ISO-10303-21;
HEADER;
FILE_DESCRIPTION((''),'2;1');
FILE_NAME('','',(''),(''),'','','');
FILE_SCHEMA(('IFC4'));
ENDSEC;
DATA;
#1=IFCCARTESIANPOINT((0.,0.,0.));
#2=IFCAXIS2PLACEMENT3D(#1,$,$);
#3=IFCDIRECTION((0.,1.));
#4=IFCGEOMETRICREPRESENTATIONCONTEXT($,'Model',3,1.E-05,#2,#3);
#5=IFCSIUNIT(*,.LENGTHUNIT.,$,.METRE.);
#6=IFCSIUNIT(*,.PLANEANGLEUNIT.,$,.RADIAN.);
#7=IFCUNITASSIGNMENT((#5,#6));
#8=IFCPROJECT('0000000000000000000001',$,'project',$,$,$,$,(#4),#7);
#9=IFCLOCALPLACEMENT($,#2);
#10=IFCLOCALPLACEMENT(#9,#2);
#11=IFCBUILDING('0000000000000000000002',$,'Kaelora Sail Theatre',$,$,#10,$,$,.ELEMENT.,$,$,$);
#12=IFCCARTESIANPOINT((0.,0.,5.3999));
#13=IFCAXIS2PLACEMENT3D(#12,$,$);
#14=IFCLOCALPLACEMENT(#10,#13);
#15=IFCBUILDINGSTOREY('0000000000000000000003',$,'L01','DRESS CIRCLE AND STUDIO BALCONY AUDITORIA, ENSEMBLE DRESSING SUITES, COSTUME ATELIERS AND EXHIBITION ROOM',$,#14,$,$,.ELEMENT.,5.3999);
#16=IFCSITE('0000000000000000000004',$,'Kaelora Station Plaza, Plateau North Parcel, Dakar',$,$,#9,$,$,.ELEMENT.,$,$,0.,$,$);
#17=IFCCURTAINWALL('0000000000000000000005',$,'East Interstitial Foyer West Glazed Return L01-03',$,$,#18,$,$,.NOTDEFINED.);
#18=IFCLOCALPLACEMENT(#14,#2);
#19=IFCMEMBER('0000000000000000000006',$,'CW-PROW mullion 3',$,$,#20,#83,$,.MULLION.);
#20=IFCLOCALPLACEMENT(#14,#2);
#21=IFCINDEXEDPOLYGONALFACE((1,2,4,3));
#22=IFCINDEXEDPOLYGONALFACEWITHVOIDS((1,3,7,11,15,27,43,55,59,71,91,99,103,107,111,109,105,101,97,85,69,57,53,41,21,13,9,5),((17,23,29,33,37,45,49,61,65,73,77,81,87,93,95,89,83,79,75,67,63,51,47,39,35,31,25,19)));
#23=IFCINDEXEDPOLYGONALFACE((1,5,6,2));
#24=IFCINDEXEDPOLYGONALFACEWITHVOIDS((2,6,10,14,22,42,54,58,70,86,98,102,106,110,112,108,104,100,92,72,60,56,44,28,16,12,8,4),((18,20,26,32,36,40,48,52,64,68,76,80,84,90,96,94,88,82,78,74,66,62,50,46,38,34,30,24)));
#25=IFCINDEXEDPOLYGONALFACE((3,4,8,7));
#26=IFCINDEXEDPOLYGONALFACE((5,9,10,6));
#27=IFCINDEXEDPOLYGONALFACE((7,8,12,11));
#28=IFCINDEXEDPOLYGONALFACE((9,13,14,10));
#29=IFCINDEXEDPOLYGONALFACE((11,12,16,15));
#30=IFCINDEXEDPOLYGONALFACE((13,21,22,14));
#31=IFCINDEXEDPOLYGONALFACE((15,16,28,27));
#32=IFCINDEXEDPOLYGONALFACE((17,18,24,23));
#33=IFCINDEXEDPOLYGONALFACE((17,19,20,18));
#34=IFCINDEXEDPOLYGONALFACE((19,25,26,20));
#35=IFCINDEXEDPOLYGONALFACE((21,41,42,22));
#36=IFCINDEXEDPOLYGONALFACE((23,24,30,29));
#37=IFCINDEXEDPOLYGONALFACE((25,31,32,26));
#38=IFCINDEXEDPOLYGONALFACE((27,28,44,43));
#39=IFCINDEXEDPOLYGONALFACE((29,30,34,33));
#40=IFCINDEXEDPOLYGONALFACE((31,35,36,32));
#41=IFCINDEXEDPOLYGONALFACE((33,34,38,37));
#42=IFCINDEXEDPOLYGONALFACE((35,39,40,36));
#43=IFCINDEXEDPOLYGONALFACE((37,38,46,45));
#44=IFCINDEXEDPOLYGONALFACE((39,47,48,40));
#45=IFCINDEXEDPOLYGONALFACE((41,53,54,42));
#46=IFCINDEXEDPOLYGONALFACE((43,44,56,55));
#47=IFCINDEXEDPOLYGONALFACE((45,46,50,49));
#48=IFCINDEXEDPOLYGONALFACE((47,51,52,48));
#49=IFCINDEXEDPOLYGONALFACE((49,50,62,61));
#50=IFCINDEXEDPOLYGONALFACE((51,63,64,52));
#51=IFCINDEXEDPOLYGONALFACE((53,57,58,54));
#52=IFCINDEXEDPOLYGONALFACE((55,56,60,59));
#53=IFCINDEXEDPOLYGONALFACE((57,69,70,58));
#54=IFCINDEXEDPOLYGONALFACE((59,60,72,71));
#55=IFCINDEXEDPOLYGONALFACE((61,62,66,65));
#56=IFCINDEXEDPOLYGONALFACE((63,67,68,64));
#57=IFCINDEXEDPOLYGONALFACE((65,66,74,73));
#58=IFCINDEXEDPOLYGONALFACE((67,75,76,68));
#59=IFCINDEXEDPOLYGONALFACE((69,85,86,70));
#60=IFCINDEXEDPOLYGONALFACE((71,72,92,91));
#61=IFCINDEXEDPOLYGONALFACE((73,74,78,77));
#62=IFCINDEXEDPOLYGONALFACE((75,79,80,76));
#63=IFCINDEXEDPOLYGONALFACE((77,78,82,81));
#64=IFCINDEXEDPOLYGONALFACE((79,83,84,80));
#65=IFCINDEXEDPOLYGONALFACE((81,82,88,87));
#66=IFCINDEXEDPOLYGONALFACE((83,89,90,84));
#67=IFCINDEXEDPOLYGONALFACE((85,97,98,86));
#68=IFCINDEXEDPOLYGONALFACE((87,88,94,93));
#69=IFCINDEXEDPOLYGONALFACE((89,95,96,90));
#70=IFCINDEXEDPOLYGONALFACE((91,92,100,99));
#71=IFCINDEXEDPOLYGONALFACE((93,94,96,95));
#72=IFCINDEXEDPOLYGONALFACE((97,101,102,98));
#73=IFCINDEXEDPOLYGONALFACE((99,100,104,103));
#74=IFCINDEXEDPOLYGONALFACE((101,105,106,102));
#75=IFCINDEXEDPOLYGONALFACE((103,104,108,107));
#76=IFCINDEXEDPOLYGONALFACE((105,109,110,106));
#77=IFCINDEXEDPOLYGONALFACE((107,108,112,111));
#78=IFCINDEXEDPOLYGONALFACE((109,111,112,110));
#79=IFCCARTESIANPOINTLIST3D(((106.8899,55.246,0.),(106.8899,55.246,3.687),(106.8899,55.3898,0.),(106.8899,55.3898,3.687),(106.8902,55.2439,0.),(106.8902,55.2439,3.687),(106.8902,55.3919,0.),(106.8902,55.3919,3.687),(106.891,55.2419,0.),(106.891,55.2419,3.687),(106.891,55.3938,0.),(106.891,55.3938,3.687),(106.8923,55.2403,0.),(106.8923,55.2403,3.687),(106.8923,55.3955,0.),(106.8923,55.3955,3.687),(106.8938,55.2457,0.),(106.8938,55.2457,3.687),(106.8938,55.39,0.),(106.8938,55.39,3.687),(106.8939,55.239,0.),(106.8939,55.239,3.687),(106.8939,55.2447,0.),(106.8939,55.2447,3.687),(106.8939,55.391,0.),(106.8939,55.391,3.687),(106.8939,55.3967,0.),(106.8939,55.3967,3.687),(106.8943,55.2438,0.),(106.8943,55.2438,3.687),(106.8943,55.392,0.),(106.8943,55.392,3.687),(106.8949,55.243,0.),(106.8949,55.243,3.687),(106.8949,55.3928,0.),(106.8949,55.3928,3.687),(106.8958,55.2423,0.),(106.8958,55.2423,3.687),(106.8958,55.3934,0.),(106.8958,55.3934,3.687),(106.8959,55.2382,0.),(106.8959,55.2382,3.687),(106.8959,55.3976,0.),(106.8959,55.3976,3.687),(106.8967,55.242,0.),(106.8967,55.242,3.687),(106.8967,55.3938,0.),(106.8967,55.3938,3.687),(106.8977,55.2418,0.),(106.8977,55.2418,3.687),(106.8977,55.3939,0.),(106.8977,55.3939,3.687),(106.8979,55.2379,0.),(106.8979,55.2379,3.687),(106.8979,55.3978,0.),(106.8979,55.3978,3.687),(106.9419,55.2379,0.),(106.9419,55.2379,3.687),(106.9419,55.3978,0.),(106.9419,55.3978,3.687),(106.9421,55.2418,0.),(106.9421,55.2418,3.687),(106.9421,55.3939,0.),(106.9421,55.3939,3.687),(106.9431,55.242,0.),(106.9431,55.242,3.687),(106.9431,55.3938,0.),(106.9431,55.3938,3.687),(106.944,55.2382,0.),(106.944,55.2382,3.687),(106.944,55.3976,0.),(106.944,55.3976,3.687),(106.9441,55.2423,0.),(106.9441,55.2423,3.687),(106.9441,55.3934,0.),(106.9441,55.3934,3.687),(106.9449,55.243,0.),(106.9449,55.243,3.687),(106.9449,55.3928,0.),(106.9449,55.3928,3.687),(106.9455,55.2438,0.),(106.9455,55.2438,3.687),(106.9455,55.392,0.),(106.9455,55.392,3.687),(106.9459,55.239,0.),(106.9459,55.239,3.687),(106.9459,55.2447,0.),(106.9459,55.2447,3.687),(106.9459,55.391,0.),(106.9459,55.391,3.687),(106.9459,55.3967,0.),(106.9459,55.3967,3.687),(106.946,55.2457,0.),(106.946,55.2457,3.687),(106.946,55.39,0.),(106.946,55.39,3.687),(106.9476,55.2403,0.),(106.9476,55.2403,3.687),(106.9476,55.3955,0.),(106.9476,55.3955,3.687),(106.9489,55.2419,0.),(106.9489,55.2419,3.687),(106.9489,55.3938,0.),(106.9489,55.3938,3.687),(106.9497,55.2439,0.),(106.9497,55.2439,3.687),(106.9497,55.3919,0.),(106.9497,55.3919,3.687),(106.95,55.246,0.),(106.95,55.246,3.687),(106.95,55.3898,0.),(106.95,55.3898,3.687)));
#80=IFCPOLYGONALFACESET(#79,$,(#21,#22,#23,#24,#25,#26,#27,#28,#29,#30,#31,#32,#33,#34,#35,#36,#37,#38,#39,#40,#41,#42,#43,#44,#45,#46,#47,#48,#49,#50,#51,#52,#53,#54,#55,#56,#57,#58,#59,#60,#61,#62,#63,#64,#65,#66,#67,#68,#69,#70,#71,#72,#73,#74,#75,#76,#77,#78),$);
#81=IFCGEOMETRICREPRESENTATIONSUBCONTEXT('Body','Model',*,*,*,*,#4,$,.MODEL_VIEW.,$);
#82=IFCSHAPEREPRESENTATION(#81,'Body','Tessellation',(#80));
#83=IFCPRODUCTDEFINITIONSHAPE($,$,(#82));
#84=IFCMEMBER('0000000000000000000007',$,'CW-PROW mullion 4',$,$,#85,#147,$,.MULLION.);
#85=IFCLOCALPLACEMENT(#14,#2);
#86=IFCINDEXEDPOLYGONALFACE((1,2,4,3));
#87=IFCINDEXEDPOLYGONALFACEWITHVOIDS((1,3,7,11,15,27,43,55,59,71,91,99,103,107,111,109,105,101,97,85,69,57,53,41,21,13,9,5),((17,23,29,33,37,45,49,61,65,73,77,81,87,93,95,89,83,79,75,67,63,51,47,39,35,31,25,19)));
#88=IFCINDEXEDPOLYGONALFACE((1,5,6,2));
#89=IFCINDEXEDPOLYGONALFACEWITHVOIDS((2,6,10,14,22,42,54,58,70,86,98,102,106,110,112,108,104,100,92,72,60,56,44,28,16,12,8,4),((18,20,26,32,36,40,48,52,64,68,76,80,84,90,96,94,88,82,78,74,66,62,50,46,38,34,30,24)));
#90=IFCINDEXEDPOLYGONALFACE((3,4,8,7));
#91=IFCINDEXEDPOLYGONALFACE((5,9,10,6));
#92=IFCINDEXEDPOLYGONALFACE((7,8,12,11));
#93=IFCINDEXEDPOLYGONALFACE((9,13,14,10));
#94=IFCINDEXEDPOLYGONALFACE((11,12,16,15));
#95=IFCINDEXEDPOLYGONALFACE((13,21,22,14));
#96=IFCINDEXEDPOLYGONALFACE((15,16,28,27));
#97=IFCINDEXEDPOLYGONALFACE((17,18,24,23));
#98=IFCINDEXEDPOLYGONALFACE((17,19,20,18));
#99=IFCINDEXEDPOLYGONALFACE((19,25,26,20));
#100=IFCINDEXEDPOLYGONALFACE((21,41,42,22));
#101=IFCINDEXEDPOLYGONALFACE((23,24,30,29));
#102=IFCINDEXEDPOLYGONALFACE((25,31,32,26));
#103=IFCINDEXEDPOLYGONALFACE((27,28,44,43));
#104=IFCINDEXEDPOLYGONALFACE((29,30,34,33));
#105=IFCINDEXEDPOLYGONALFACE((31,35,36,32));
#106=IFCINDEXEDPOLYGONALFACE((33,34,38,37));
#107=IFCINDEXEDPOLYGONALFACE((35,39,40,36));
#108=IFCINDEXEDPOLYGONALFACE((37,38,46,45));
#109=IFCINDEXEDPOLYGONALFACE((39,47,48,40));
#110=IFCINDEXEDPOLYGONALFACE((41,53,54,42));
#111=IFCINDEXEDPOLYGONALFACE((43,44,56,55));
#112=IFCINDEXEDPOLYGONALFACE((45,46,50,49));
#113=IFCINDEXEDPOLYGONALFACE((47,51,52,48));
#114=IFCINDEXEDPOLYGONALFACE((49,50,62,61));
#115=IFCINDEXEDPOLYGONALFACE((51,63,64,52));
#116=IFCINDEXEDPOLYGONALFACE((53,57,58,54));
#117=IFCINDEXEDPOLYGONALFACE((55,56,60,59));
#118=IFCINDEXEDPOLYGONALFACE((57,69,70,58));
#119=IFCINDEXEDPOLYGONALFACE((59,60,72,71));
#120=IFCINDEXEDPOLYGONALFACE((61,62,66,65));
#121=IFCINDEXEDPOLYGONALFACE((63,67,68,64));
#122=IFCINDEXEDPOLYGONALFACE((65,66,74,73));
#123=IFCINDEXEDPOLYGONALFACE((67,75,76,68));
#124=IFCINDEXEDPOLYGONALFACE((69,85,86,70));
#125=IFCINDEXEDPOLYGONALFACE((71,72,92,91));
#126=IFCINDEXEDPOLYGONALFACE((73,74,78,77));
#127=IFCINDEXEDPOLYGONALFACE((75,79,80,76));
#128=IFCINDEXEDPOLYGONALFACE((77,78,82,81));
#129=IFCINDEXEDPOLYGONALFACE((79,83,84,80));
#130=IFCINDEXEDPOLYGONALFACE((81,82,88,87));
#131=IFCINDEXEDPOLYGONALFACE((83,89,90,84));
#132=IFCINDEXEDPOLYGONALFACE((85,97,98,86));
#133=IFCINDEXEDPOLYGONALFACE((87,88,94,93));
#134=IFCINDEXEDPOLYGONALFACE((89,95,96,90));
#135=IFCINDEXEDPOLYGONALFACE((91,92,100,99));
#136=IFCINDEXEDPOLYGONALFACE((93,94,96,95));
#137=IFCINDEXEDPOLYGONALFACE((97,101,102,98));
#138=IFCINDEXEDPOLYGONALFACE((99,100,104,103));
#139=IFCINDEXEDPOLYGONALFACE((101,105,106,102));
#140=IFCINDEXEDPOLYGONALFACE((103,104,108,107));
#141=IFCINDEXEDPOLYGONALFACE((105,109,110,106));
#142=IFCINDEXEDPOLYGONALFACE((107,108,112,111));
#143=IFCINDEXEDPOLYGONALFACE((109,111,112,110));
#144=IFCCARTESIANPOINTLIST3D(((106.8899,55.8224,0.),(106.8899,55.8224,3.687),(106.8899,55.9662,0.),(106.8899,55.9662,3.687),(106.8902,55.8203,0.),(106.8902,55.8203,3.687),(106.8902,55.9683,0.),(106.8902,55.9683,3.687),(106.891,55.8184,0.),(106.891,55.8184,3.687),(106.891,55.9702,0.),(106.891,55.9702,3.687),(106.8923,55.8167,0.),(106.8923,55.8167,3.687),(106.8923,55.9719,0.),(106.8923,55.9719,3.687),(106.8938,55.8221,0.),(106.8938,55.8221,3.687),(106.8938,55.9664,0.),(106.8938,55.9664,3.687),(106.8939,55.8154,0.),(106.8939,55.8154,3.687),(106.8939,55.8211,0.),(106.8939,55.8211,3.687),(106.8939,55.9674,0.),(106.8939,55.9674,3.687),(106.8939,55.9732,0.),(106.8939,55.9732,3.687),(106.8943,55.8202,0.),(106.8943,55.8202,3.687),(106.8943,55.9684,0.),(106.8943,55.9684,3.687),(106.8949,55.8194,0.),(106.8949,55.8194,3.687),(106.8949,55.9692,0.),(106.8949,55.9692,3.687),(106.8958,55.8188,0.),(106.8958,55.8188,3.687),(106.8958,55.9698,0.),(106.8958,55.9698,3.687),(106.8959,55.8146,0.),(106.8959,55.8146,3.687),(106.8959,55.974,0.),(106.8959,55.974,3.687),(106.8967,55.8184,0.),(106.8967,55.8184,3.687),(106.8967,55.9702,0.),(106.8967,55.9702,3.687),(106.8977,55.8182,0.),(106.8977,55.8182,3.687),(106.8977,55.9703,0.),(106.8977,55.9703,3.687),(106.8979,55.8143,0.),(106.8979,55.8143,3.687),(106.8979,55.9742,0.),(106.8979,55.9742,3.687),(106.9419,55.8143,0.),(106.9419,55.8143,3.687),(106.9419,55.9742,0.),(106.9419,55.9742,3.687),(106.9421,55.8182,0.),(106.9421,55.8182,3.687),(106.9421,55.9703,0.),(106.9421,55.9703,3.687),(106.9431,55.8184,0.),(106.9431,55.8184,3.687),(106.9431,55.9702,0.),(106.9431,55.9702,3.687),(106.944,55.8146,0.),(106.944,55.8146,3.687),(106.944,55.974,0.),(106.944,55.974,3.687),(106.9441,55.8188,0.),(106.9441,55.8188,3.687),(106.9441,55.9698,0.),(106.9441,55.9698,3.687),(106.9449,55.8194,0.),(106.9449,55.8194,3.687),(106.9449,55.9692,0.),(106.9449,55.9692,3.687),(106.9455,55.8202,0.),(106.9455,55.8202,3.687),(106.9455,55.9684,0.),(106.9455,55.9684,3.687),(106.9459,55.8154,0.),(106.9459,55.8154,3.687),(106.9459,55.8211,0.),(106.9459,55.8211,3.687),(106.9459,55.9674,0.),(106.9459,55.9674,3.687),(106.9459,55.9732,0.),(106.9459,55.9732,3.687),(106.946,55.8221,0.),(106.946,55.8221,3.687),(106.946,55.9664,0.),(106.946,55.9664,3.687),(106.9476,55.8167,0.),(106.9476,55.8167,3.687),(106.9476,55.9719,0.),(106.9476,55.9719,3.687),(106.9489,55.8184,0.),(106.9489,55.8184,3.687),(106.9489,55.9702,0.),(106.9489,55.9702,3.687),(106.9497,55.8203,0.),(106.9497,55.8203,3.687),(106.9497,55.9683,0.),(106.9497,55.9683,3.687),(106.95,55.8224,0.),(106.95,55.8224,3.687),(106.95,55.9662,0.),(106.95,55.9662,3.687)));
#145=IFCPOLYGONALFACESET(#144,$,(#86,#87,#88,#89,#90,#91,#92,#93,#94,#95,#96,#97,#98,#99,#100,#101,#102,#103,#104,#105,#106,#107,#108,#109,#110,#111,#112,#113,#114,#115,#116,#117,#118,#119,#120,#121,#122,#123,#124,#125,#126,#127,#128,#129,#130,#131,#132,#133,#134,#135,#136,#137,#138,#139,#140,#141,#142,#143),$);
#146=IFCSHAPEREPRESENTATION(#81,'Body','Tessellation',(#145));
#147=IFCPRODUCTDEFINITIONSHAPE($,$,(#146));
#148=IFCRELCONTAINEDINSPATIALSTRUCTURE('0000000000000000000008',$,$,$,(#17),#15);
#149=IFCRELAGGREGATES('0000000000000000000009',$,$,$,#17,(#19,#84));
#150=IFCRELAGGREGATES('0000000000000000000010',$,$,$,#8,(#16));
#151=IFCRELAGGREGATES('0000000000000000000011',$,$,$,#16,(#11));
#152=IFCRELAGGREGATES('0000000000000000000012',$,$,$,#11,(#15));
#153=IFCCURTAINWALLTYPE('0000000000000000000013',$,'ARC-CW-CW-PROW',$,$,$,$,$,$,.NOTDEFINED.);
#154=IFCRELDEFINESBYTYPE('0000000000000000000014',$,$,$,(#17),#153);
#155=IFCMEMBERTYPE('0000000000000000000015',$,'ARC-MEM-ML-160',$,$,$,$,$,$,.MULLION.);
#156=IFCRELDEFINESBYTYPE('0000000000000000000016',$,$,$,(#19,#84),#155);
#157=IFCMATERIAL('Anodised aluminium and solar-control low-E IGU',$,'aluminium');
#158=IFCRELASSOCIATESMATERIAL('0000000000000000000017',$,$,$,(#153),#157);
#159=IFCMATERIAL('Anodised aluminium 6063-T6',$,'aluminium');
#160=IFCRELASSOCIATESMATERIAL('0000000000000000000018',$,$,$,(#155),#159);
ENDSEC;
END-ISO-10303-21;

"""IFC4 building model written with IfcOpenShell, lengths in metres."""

from ifc_helpers import new_model, si_unit, direction, frame, origin, origin_2d, place, context, subcontext, project, spatial, hollow_rectangle, extrude, material, material_profile, profile_set, type_object, element, aggregate, save


model = new_model("IFC4")

# Units and contexts
model_context = context("Model", 3, precision=1e-05, world=origin(), true_north=direction((0.0, 1.0)))
body_context = subcontext(model_context, "Body", "Model", "MODEL_VIEW")
ifc_project = project(units=[si_unit("LENGTHUNIT", "METRE"), si_unit("PLANEANGLEUNIT", "RADIAN")], contexts=[model_context])

# Site, building, storey
site_placement = place(None, origin())
site = spatial("IfcSite", under=ifc_project, at=site_placement, Name="Kaelora Station Plaza, Plateau North Parcel, Dakar", CompositionType="ELEMENT", RefElevation=0.0)
building_placement = place(site_placement, origin())
building = spatial("IfcBuilding", under=site, at=building_placement, Name="Kaelora Sail Theatre", CompositionType="ELEMENT")
storey_placement = place(building_placement, frame((0.0, 0.0, 5.3999)))
storey = spatial("IfcBuildingStorey", under=building, at=storey_placement, Name="L01", Description="DRESS CIRCLE AND STUDIO BALCONY AUDITORIA, ENSEMBLE DRESSING SUITES, COSTUME ATELIERS AND EXHIBITION ROOM", CompositionType="ELEMENT", Elevation=5.3999)

# Curtain wall, members
ifc_material_1 = material(Name="Anodised aluminium and solar-control low-E IGU", Category="aluminium")
curtain_wall_type = type_object("IfcCurtainWallType", Name="ARC-CW-CW-PROW", PredefinedType="NOTDEFINED", material=ifc_material_1)
curtain_wall_placement = place(storey_placement, origin())
curtain_wall = element("IfcCurtainWall", 1, at=curtain_wall_placement, inside=storey, type_object=curtain_wall_type, Name="East Interstitial Foyer West Glazed Return L01-03", PredefinedType="NOTDEFINED")
ifc_material_2 = material(Name="Anodised aluminium 6063-T6", Category="aluminium")
ifc_material_profile_1 = material_profile(ifc_material_2, hollow_rectangle(XDim=0.0601, YDim=0.1599, WallThickness=0.0039, InnerFilletRadius=0.0039, OuterFilletRadius=0.0081, at=origin_2d()), Name="ALU-MULL 60x160x4")
ifc_profile_set_1 = profile_set([ifc_material_profile_1], Name="Anodised aluminium 6063-T6")
member_type_1 = type_object("IfcMemberType", Name="ARC-MEM-ML-160", PredefinedType="MULLION", material=ifc_profile_set_1)
member_1_placement = place(storey_placement, frame((106.9199, 55.3179, 0.0), z_axis=(0.0, 0.0, 1.0), x_axis=(-1.0, 0.0, 0.0)))
member_1 = element("IfcMember", 2, at=member_1_placement, type_object=member_type_1, Name="CW-PROW mullion 3", PredefinedType="MULLION", context=body_context, shape_type="SweptSolid", body=[
    extrude(hollow_rectangle(XDim=0.0601, YDim=0.1599, WallThickness=0.0039, InnerFilletRadius=0.0039, OuterFilletRadius=0.0081, at=origin_2d()), origin(), (0.0, 0.0, 1.0), 3.687),
])
member_2_placement = place(storey_placement, frame((106.9199, 55.8943, 0.0), z_axis=(0.0, 0.0, 1.0), x_axis=(-1.0, 0.0, 0.0)))
member_2 = element("IfcMember", 3, at=member_2_placement, type_object=member_type_1, Name="CW-PROW mullion 4", PredefinedType="MULLION", context=body_context, shape_type="SweptSolid", body=[
    extrude(hollow_rectangle(XDim=0.0601, YDim=0.1599, WallThickness=0.0039, InnerFilletRadius=0.0039, OuterFilletRadius=0.0081, at=origin_2d()), origin(), (0.0, 0.0, 1.0), 3.687),
])
aggregate(curtain_wall, [member_1, member_2])

save(model, "model.ifc")
